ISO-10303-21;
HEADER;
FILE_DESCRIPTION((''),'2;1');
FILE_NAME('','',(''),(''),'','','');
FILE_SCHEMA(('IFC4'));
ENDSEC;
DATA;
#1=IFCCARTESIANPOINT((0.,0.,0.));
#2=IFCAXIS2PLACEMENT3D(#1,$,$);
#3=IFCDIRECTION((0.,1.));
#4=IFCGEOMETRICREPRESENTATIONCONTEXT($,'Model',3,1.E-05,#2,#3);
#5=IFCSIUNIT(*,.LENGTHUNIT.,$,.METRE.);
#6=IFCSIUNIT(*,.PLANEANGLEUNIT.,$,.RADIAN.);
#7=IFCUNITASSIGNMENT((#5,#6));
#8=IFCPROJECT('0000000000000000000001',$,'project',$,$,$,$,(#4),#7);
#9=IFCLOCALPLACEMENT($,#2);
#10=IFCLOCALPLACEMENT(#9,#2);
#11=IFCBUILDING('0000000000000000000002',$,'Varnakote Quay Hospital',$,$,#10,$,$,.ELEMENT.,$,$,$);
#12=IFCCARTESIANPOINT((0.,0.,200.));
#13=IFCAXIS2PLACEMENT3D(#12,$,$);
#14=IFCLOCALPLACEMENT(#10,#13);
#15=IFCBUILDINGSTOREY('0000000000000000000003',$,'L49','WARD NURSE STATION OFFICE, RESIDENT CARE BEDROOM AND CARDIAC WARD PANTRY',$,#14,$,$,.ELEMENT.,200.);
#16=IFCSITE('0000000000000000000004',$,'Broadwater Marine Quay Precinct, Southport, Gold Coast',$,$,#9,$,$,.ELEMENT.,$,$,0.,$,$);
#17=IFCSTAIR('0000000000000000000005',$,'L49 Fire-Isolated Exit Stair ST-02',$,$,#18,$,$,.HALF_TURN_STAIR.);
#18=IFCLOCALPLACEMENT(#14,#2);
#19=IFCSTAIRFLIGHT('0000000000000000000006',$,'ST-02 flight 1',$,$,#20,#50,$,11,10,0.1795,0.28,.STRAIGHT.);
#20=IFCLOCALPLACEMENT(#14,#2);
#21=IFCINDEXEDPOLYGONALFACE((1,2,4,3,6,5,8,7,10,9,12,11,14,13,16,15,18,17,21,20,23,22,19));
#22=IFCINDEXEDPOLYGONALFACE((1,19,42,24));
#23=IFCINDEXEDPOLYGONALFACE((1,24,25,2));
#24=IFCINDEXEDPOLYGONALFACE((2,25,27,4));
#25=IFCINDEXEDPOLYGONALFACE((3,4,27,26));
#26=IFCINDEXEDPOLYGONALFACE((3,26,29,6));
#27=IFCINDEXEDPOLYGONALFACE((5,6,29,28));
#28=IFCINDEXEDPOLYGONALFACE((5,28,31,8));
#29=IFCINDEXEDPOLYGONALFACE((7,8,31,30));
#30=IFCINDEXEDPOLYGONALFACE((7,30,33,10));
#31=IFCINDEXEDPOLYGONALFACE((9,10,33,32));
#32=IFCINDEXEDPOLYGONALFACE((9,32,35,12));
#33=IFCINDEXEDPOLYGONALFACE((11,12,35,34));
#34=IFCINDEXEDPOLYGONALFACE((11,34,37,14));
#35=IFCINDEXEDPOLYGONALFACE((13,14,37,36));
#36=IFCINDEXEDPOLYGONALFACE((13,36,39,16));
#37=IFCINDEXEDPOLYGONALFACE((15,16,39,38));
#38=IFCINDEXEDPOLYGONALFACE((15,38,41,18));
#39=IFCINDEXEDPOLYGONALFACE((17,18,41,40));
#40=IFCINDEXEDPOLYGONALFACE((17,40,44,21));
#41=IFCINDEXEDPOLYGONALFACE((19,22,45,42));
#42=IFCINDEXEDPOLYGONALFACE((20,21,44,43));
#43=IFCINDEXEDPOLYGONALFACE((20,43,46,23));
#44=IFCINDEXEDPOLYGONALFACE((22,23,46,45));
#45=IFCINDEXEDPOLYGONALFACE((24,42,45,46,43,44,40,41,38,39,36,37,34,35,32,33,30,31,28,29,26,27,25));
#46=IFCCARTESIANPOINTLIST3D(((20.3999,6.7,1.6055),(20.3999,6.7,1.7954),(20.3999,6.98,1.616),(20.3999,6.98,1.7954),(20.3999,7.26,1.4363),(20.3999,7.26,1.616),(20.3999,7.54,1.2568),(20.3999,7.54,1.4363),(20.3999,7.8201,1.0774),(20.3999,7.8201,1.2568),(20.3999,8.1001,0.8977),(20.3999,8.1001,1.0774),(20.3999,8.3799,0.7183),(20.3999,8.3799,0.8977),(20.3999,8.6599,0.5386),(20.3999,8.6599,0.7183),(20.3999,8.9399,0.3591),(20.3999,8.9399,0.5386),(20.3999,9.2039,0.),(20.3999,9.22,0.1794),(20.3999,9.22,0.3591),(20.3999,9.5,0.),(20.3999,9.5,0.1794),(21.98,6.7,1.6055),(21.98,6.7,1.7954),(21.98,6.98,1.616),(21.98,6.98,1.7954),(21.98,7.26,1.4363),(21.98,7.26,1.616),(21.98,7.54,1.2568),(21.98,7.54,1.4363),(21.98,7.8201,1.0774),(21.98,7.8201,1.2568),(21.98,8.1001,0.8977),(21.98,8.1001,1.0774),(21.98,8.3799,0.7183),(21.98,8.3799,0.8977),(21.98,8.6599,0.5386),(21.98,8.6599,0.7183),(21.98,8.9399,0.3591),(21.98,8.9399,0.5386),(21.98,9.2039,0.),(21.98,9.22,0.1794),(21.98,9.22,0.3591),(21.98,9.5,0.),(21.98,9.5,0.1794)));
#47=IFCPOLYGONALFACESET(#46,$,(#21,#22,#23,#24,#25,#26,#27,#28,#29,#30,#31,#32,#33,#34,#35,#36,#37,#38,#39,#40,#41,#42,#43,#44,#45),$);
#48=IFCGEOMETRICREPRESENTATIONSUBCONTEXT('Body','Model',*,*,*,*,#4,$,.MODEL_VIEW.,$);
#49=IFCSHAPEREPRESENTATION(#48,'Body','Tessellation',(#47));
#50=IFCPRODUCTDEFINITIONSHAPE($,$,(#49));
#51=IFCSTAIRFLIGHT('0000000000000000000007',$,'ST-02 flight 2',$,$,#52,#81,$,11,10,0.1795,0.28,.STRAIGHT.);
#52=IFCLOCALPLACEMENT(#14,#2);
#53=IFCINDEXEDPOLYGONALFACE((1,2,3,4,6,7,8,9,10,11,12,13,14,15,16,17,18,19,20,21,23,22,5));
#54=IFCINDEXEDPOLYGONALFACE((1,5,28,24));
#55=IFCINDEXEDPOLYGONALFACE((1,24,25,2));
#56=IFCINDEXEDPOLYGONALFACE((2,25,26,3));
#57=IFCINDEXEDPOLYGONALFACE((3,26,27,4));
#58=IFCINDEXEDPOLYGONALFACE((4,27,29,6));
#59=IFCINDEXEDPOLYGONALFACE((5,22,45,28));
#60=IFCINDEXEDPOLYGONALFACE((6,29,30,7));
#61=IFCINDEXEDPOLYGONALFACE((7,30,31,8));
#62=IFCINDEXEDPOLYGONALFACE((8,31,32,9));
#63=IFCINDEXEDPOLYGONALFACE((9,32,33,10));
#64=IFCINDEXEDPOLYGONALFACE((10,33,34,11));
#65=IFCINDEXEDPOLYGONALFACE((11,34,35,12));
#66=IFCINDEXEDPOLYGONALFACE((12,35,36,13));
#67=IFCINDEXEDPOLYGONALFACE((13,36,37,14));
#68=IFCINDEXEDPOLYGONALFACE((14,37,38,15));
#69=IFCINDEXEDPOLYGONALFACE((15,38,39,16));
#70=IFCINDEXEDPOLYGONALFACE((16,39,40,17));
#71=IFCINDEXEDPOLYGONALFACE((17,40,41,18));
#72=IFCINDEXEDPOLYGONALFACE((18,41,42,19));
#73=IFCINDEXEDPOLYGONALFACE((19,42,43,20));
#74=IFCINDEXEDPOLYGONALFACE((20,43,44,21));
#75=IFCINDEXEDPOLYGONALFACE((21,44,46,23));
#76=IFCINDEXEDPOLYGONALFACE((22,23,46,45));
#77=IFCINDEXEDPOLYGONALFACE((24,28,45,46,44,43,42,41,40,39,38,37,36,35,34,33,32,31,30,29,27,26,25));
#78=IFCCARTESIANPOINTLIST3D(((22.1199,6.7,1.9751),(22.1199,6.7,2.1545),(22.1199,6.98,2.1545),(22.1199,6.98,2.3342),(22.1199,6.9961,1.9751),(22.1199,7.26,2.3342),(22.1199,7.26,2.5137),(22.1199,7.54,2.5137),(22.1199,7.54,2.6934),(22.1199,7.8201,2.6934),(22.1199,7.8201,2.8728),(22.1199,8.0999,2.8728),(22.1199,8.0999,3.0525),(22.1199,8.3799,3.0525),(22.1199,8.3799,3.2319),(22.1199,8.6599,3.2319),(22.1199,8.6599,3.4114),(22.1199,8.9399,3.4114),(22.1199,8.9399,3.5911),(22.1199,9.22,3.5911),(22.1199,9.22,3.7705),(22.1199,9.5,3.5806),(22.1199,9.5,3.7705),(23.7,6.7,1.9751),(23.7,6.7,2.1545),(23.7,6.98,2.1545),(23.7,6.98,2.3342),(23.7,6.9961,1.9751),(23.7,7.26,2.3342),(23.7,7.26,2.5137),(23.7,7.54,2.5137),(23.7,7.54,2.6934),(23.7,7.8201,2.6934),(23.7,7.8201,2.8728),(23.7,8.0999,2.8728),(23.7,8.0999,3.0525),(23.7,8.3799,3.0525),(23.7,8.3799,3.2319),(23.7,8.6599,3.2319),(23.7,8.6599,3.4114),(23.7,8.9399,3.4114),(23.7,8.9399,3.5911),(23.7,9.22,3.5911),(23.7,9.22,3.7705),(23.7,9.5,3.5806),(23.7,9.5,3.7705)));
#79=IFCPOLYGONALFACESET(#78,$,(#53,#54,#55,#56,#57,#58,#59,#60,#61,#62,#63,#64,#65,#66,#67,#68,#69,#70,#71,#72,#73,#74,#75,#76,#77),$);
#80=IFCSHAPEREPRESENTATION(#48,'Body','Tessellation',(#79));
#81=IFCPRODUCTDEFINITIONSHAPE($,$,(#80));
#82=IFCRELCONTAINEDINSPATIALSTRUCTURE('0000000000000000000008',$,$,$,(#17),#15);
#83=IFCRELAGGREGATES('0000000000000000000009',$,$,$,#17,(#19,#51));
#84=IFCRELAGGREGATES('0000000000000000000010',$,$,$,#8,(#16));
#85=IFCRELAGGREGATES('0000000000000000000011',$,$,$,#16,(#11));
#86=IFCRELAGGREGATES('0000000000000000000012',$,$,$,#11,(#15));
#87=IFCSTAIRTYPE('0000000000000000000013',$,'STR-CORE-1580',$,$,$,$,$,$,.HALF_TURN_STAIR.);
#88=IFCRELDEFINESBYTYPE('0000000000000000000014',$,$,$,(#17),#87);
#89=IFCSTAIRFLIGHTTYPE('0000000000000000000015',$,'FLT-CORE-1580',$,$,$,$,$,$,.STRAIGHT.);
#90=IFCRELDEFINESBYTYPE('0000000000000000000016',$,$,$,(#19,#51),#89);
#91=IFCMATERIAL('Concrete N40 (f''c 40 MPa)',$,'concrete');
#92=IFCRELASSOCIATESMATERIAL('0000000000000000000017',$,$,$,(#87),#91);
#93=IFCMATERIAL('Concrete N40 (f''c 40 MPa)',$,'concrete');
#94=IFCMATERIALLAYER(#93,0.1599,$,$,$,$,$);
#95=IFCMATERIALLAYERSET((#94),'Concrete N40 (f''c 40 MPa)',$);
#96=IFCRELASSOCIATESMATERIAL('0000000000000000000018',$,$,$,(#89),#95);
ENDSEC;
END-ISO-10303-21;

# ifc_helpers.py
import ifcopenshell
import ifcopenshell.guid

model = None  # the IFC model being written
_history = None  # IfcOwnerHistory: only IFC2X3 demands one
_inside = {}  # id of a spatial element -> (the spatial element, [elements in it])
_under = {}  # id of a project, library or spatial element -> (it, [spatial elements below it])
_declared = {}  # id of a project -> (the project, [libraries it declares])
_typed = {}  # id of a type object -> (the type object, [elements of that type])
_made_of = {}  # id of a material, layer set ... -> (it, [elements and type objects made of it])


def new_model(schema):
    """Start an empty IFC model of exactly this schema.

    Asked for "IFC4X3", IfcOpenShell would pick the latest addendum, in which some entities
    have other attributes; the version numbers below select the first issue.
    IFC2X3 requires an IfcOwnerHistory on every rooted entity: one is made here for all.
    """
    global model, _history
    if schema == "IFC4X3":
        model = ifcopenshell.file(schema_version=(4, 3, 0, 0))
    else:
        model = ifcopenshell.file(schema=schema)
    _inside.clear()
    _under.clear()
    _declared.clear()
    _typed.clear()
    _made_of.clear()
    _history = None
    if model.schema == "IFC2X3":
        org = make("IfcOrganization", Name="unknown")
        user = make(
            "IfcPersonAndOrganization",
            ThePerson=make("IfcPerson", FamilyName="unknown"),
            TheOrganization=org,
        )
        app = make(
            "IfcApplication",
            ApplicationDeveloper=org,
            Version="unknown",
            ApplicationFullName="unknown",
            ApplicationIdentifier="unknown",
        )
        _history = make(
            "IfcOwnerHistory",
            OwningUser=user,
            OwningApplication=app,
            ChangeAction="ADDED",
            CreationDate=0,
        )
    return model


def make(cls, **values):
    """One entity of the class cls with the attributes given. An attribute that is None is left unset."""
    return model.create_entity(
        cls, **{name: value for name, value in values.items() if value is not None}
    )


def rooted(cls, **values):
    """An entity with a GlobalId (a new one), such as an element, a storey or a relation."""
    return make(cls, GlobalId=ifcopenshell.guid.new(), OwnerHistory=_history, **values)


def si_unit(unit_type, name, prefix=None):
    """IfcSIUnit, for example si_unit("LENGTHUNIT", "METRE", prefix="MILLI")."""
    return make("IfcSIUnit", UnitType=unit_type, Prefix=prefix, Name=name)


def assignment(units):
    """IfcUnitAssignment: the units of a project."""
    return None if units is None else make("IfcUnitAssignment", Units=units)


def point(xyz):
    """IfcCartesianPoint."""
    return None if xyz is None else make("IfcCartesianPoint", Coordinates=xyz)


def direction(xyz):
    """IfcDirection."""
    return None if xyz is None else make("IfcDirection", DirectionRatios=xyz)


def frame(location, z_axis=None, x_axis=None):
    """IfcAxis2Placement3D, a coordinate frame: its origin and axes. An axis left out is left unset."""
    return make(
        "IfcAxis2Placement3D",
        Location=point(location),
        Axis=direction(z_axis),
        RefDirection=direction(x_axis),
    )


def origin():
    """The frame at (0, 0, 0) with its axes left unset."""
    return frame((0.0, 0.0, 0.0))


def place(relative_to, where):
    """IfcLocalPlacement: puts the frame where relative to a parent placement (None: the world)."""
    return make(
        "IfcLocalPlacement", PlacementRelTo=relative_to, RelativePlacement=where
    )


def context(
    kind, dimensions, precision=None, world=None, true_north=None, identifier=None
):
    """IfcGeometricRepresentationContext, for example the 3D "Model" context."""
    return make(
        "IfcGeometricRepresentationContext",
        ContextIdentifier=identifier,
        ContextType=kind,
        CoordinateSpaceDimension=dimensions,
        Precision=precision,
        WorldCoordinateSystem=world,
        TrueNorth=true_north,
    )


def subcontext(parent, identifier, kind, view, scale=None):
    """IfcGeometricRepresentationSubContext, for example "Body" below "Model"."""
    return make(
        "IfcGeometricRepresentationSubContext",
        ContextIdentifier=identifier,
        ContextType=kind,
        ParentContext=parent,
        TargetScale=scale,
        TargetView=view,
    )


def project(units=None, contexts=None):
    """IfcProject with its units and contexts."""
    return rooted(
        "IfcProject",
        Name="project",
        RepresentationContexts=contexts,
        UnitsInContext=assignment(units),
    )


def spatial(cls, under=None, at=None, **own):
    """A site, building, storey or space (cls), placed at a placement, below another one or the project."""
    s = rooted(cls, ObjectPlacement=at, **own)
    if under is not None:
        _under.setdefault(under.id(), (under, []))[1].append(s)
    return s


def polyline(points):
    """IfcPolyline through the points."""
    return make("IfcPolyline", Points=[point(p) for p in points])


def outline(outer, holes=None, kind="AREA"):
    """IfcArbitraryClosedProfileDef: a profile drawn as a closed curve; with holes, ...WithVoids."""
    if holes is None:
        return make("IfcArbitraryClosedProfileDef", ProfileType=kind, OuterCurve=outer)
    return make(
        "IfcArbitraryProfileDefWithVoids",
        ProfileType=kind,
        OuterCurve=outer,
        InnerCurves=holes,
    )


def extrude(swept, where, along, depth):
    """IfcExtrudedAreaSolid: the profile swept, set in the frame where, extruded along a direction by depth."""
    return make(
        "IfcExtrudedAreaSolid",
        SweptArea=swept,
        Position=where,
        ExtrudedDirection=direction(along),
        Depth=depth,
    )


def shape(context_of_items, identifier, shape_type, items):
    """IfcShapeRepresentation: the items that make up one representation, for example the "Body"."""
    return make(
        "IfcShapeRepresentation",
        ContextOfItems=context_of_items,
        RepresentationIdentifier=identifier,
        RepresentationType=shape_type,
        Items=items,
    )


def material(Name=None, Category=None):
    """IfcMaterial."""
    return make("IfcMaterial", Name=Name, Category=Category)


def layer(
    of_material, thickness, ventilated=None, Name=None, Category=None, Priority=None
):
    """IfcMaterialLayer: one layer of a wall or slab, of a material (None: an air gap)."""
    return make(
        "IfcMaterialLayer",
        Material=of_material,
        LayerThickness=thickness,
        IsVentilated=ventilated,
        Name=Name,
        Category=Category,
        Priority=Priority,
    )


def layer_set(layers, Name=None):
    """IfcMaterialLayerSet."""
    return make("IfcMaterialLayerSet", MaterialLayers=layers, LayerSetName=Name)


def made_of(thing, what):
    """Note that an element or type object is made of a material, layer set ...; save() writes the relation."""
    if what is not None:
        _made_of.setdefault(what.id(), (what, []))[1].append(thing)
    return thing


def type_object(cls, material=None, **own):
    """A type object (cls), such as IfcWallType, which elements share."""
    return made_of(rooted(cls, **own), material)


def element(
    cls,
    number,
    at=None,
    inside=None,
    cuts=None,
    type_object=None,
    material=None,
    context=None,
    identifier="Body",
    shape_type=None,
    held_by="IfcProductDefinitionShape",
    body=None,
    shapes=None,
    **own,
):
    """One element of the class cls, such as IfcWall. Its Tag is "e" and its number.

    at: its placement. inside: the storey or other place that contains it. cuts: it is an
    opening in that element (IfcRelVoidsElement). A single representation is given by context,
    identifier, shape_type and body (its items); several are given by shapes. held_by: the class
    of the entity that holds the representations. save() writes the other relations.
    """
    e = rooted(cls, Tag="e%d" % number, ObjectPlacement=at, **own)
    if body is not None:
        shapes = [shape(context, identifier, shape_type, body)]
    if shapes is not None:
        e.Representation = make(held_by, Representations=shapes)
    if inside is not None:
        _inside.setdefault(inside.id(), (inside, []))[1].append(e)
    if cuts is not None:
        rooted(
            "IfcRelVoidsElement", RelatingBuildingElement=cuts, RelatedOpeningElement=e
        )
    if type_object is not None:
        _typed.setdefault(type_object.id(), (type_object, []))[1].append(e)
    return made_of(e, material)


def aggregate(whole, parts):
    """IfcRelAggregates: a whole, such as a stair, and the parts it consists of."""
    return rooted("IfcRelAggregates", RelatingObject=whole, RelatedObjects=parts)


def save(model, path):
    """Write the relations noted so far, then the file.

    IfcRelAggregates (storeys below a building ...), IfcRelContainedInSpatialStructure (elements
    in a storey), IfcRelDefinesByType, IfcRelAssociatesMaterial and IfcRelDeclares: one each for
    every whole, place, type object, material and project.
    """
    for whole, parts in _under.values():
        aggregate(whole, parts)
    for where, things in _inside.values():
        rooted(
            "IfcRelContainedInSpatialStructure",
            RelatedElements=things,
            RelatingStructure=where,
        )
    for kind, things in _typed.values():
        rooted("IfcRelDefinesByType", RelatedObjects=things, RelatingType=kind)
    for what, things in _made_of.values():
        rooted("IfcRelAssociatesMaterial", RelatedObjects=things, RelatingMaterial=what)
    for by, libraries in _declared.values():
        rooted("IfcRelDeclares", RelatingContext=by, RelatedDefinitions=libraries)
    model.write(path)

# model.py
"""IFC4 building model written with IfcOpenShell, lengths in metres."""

from ifc_helpers import new_model, si_unit, direction, frame, origin, place, context, subcontext, project, spatial, polyline, outline, extrude, material, layer, layer_set, type_object, element, aggregate, save


model = new_model("IFC4")

# Units and contexts
model_context = context("Model", 3, precision=1e-05, world=origin(), true_north=direction((0.0, 1.0)))
body_context = subcontext(model_context, "Body", "Model", "MODEL_VIEW")
ifc_project = project(units=[si_unit("LENGTHUNIT", "METRE"), si_unit("PLANEANGLEUNIT", "RADIAN")], contexts=[model_context])

# Site, building, storey
site_placement = place(None, origin())
site = spatial("IfcSite", under=ifc_project, at=site_placement, Name="Broadwater Marine Quay Precinct, Southport, Gold Coast", CompositionType="ELEMENT", RefElevation=0.0)
building_placement = place(site_placement, origin())
building = spatial("IfcBuilding", under=site, at=building_placement, Name="Varnakote Quay Hospital", CompositionType="ELEMENT")
storey_placement = place(building_placement, frame((0.0, 0.0, 200.0)))
storey = spatial("IfcBuildingStorey", under=building, at=storey_placement, Name="L49", Description="WARD NURSE STATION OFFICE, RESIDENT CARE BEDROOM AND CARDIAC WARD PANTRY", CompositionType="ELEMENT", Elevation=200.0)

# Stair, stair flights
ifc_material_1 = material(Name="Concrete N40 (f'c 40 MPa)", Category="concrete")
stair_type = type_object("IfcStairType", Name="STR-CORE-1580", PredefinedType="HALF_TURN_STAIR", material=ifc_material_1)
stair_placement = place(storey_placement, origin())
stair = element("IfcStair", 1, at=stair_placement, inside=storey, type_object=stair_type, Name="L49 Fire-Isolated Exit Stair ST-02", PredefinedType="HALF_TURN_STAIR")
ifc_material_2 = material(Name="Concrete N40 (f'c 40 MPa)", Category="concrete")
ifc_layer_1 = layer(ifc_material_2, 0.1599)
ifc_layer_set_1 = layer_set([ifc_layer_1], Name="Concrete N40 (f'c 40 MPa)")
stair_flight_type = type_object("IfcStairFlightType", Name="FLT-CORE-1580", PredefinedType="STRAIGHT", material=ifc_layer_set_1)
stair_flight_1_placement = place(storey_placement, frame((21.1899, 9.5, 0.0), z_axis=(0.0, 0.0, 1.0), x_axis=(0.0, -1.0, 0.0)))
stair_flight_1 = element("IfcStairFlight", 2, at=stair_flight_1_placement, type_object=stair_flight_type, Name="ST-02 flight 1", NumberOfRisers=11, NumberOfTreads=10, PredefinedType="STRAIGHT", RiserHeight=0.1795, TreadLength=0.28, context=body_context, shape_type="SweptSolid", body=[
    extrude(outline(polyline([(0.0, 0.0), (0.0, 0.1794), (0.28, 0.1794), (0.28, 0.3591), (0.5601, 0.3591), (0.5601, 0.5386), (0.8401, 0.5386), (0.8401, 0.7183), (1.1201, 0.7183), (1.1201, 0.8977), (1.3999, 0.8977), (1.3999, 1.0774), (1.6799, 1.0774), (1.6799, 1.2568), (1.96, 1.2568), (1.96, 1.4363), (2.24, 1.4363), (2.24, 1.616), (2.52, 1.616), (2.52, 1.7954), (2.8, 1.7954), (2.8, 1.9751), (2.8, 1.6055), (0.2961, 0.0), (0.0, 0.0)])), frame((0.0, 0.79, 0.0), z_axis=(0.0, -1.0, 0.0), x_axis=(1.0, 0.0, 0.0)), (0.0, 0.0, 1.0), 1.5801),
])
stair_flight_2_placement = place(storey_placement, frame((22.9099, 6.7, 1.9751), z_axis=(0.0, 0.0, 1.0), x_axis=(0.0, 1.0, 0.0)))
stair_flight_2 = element("IfcStairFlight", 3, at=stair_flight_2_placement, type_object=stair_flight_type, Name="ST-02 flight 2", NumberOfRisers=11, NumberOfTreads=10, PredefinedType="STRAIGHT", RiserHeight=0.1795, TreadLength=0.28, context=body_context, shape_type="SweptSolid", body=[
    extrude(outline(polyline([(0.0, 0.0), (0.0, 0.1794), (0.28, 0.1794), (0.28, 0.3591), (0.5601, 0.3591), (0.5601, 0.5386), (0.8401, 0.5386), (0.8401, 0.7183), (1.1201, 0.7183), (1.1201, 0.8977), (1.3999, 0.8977), (1.3999, 1.0774), (1.6799, 1.0774), (1.6799, 1.2568), (1.96, 1.2568), (1.96, 1.4363), (2.24, 1.4363), (2.24, 1.616), (2.52, 1.616), (2.52, 1.7954), (2.8, 1.7954), (2.8, 1.9751), (2.8, 1.6055), (0.2961, 0.0), (0.0, 0.0)])), frame((0.0, 0.79, 0.0), z_axis=(0.0, -1.0, 0.0), x_axis=(1.0, 0.0, 0.0)), (0.0, 0.0, 1.0), 1.5801),
])
aggregate(stair, [stair_flight_1, stair_flight_2])

save(model, "model.ifc")
